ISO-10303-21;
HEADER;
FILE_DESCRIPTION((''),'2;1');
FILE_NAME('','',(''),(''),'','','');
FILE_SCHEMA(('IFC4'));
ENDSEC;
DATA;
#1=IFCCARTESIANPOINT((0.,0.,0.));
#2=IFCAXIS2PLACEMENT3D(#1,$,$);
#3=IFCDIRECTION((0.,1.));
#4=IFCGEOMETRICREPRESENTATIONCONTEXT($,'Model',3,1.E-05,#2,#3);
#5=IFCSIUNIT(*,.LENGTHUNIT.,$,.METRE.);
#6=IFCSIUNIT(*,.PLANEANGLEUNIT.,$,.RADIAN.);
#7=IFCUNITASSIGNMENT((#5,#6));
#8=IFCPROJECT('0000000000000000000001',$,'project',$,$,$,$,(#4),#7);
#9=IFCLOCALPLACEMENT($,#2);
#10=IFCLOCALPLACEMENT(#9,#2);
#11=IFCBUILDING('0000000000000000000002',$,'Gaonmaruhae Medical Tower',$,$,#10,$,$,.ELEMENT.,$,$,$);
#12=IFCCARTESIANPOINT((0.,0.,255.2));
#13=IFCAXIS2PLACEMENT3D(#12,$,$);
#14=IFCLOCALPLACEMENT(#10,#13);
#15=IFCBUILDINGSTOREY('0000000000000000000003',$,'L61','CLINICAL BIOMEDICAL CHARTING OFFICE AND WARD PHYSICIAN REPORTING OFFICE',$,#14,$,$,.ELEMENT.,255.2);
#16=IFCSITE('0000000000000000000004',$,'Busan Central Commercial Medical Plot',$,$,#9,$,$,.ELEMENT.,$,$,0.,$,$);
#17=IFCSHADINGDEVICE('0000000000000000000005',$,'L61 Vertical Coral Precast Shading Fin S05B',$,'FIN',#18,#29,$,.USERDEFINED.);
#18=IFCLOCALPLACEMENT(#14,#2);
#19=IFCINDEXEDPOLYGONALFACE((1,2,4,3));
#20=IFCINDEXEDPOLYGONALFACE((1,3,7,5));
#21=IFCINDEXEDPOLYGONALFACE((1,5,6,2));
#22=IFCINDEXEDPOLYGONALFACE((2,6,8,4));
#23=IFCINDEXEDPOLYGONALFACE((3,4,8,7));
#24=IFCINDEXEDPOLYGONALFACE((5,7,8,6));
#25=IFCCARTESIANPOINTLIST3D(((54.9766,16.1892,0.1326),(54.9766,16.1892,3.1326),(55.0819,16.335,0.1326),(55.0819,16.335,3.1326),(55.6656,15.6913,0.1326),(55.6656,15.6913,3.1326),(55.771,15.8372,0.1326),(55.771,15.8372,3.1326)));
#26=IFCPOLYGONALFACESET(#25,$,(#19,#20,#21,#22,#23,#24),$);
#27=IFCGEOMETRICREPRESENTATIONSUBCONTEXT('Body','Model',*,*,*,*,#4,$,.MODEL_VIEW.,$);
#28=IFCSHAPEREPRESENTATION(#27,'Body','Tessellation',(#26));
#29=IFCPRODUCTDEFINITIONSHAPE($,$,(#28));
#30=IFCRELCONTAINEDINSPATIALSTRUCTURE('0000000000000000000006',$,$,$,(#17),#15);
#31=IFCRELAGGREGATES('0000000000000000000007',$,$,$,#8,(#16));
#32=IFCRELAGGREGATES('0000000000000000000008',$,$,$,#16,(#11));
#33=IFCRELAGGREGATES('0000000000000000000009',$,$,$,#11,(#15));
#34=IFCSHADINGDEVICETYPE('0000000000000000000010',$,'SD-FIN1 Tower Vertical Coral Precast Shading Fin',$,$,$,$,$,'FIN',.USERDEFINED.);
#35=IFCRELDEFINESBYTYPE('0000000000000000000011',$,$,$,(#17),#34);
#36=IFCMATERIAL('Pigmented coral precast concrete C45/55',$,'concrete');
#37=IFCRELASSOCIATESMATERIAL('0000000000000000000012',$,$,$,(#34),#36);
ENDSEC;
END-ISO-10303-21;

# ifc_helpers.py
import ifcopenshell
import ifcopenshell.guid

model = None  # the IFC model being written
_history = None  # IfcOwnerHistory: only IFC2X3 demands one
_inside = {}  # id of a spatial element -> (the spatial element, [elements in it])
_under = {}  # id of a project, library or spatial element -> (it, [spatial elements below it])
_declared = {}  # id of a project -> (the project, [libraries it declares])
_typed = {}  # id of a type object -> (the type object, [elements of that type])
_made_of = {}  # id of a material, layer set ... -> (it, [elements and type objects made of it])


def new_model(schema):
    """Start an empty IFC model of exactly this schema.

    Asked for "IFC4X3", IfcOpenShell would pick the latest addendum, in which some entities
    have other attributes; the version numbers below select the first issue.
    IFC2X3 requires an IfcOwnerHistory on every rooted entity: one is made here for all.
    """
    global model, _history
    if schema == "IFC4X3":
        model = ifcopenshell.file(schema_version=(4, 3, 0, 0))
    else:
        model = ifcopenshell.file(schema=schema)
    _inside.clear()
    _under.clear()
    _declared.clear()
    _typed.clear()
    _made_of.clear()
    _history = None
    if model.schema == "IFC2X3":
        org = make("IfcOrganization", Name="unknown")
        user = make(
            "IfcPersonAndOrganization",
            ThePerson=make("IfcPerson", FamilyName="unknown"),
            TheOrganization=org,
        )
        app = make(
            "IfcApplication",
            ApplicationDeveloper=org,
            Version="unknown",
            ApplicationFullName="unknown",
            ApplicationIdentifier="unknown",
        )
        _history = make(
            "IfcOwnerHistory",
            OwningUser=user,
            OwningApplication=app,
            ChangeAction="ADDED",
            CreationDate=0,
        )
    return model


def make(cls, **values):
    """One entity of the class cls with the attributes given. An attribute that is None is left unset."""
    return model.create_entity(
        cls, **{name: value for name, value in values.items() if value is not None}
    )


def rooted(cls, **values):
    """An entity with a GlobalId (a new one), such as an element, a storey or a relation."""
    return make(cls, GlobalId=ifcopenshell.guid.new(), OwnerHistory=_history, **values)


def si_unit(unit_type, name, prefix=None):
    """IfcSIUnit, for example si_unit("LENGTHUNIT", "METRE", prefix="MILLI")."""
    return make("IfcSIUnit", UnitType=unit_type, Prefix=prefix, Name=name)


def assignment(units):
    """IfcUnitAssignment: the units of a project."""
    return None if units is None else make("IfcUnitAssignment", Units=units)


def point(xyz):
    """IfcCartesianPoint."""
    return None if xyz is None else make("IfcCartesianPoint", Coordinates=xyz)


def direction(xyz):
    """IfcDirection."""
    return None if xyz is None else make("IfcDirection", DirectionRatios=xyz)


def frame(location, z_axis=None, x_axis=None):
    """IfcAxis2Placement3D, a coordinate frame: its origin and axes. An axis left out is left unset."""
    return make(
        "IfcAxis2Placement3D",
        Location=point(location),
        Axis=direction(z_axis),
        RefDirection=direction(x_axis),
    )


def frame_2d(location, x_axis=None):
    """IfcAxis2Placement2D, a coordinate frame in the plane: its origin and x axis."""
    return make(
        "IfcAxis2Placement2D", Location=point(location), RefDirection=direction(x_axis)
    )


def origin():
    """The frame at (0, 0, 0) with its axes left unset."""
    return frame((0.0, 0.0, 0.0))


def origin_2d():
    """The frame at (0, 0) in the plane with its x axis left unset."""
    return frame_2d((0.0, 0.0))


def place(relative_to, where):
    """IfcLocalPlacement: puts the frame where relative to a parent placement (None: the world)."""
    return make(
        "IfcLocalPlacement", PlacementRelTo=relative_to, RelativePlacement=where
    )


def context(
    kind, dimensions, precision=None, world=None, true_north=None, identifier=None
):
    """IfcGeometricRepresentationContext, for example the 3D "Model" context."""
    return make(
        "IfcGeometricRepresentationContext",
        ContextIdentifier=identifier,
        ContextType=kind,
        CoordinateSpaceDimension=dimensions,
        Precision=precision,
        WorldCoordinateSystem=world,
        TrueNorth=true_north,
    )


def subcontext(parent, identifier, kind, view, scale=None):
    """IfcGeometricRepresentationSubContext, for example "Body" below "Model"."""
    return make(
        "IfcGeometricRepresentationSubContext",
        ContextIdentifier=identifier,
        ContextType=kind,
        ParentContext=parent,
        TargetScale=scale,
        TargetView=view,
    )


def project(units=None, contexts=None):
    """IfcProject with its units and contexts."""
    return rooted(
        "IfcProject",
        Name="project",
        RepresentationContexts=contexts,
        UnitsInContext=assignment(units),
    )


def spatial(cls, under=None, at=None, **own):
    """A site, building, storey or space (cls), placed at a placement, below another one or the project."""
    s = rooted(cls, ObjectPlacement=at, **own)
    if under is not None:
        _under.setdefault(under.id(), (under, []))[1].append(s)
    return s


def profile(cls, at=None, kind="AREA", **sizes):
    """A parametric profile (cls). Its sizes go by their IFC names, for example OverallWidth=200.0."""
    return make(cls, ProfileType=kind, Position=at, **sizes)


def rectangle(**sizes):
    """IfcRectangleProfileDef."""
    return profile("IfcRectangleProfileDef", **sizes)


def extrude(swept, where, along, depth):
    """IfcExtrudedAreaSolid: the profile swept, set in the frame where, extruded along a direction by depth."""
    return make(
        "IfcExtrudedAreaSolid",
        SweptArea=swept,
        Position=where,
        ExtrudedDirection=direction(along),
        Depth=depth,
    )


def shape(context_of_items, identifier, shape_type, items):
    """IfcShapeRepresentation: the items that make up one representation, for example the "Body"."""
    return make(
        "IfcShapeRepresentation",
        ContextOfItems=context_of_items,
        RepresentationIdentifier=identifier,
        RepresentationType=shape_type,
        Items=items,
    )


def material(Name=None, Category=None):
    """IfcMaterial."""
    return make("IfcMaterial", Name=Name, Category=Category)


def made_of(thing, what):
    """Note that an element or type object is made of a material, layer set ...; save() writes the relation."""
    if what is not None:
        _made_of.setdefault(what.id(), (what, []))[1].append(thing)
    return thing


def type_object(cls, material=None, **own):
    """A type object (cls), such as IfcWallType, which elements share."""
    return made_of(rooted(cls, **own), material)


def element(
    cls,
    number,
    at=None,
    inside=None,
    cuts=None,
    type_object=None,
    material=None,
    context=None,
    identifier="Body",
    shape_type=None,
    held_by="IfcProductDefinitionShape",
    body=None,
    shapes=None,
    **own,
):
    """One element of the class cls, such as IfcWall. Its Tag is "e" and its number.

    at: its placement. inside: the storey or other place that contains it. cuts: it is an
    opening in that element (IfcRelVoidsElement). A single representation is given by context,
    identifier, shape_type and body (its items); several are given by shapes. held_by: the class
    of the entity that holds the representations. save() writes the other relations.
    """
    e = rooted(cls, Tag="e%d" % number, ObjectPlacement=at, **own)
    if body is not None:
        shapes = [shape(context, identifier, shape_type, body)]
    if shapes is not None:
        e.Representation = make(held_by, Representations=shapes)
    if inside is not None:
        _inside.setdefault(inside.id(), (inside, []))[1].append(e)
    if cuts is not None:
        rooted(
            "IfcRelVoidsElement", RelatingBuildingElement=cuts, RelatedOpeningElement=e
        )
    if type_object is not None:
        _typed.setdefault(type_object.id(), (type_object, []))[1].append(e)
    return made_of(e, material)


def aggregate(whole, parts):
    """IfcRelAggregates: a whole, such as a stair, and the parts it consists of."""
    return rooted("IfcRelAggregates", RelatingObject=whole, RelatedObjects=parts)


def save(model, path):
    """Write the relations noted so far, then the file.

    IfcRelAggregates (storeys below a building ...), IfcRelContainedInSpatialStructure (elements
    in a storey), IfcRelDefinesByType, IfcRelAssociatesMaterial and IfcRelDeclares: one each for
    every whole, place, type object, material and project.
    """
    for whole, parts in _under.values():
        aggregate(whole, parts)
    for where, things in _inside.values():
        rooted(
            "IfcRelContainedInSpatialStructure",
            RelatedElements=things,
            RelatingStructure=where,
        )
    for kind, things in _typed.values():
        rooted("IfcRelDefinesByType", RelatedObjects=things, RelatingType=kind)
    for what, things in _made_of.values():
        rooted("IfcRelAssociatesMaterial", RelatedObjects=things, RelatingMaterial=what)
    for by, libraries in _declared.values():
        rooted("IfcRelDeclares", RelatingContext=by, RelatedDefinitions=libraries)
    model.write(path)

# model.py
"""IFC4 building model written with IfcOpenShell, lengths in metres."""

from ifc_helpers import new_model, si_unit, direction, frame, origin, origin_2d, place, context, subcontext, project, spatial, rectangle, extrude, material, type_object, element, save


model = new_model("IFC4")

# Units and contexts
model_context = context("Model", 3, precision=1e-05, world=origin(), true_north=direction((0.0, 1.0)))
body_context = subcontext(model_context, "Body", "Model", "MODEL_VIEW")
ifc_project = project(units=[si_unit("LENGTHUNIT", "METRE"), si_unit("PLANEANGLEUNIT", "RADIAN")], contexts=[model_context])

# Site, building, storey
site_placement = place(None, origin())
site = spatial("IfcSite", under=ifc_project, at=site_placement, Name="Busan Central Commercial Medical Plot", CompositionType="ELEMENT", RefElevation=0.0)
building_placement = place(site_placement, origin())
building = spatial("IfcBuilding", under=site, at=building_placement, Name="Gaonmaruhae Medical Tower", CompositionType="ELEMENT")
storey_placement = place(building_placement, frame((0.0, 0.0, 255.2)))
storey = spatial("IfcBuildingStorey", under=building, at=storey_placement, Name="L61", Description="CLINICAL BIOMEDICAL CHARTING OFFICE AND WARD PHYSICIAN REPORTING OFFICE", CompositionType="ELEMENT", Elevation=255.2)

# Shading device
ifc_material_1 = material(Name="Pigmented coral precast concrete C45/55", Category="concrete")
shading_device_type = type_object("IfcShadingDeviceType", Name="SD-FIN1 Tower Vertical Coral Precast Shading Fin", ElementType="FIN", PredefinedType="USERDEFINED", material=ifc_material_1)
shading_device_placement = place(storey_placement, frame((55.3738, 16.0132, 0.1326), z_axis=(0.0, 0.0, 1.0), x_axis=(-0.585665, -0.810553, 0.0)))
element("IfcShadingDevice", 1, at=shading_device_placement, inside=storey, type_object=shading_device_type, Name="L61 Vertical Coral Precast Shading Fin S05B", ObjectType="FIN", PredefinedType="USERDEFINED", context=body_context, shape_type="SweptSolid", body=[
    extrude(rectangle(XDim=0.1799, YDim=0.8501, at=origin_2d()), origin(), (0.0, 0.0, 1.0), 3.0),
])

save(model, "model.ifc")
